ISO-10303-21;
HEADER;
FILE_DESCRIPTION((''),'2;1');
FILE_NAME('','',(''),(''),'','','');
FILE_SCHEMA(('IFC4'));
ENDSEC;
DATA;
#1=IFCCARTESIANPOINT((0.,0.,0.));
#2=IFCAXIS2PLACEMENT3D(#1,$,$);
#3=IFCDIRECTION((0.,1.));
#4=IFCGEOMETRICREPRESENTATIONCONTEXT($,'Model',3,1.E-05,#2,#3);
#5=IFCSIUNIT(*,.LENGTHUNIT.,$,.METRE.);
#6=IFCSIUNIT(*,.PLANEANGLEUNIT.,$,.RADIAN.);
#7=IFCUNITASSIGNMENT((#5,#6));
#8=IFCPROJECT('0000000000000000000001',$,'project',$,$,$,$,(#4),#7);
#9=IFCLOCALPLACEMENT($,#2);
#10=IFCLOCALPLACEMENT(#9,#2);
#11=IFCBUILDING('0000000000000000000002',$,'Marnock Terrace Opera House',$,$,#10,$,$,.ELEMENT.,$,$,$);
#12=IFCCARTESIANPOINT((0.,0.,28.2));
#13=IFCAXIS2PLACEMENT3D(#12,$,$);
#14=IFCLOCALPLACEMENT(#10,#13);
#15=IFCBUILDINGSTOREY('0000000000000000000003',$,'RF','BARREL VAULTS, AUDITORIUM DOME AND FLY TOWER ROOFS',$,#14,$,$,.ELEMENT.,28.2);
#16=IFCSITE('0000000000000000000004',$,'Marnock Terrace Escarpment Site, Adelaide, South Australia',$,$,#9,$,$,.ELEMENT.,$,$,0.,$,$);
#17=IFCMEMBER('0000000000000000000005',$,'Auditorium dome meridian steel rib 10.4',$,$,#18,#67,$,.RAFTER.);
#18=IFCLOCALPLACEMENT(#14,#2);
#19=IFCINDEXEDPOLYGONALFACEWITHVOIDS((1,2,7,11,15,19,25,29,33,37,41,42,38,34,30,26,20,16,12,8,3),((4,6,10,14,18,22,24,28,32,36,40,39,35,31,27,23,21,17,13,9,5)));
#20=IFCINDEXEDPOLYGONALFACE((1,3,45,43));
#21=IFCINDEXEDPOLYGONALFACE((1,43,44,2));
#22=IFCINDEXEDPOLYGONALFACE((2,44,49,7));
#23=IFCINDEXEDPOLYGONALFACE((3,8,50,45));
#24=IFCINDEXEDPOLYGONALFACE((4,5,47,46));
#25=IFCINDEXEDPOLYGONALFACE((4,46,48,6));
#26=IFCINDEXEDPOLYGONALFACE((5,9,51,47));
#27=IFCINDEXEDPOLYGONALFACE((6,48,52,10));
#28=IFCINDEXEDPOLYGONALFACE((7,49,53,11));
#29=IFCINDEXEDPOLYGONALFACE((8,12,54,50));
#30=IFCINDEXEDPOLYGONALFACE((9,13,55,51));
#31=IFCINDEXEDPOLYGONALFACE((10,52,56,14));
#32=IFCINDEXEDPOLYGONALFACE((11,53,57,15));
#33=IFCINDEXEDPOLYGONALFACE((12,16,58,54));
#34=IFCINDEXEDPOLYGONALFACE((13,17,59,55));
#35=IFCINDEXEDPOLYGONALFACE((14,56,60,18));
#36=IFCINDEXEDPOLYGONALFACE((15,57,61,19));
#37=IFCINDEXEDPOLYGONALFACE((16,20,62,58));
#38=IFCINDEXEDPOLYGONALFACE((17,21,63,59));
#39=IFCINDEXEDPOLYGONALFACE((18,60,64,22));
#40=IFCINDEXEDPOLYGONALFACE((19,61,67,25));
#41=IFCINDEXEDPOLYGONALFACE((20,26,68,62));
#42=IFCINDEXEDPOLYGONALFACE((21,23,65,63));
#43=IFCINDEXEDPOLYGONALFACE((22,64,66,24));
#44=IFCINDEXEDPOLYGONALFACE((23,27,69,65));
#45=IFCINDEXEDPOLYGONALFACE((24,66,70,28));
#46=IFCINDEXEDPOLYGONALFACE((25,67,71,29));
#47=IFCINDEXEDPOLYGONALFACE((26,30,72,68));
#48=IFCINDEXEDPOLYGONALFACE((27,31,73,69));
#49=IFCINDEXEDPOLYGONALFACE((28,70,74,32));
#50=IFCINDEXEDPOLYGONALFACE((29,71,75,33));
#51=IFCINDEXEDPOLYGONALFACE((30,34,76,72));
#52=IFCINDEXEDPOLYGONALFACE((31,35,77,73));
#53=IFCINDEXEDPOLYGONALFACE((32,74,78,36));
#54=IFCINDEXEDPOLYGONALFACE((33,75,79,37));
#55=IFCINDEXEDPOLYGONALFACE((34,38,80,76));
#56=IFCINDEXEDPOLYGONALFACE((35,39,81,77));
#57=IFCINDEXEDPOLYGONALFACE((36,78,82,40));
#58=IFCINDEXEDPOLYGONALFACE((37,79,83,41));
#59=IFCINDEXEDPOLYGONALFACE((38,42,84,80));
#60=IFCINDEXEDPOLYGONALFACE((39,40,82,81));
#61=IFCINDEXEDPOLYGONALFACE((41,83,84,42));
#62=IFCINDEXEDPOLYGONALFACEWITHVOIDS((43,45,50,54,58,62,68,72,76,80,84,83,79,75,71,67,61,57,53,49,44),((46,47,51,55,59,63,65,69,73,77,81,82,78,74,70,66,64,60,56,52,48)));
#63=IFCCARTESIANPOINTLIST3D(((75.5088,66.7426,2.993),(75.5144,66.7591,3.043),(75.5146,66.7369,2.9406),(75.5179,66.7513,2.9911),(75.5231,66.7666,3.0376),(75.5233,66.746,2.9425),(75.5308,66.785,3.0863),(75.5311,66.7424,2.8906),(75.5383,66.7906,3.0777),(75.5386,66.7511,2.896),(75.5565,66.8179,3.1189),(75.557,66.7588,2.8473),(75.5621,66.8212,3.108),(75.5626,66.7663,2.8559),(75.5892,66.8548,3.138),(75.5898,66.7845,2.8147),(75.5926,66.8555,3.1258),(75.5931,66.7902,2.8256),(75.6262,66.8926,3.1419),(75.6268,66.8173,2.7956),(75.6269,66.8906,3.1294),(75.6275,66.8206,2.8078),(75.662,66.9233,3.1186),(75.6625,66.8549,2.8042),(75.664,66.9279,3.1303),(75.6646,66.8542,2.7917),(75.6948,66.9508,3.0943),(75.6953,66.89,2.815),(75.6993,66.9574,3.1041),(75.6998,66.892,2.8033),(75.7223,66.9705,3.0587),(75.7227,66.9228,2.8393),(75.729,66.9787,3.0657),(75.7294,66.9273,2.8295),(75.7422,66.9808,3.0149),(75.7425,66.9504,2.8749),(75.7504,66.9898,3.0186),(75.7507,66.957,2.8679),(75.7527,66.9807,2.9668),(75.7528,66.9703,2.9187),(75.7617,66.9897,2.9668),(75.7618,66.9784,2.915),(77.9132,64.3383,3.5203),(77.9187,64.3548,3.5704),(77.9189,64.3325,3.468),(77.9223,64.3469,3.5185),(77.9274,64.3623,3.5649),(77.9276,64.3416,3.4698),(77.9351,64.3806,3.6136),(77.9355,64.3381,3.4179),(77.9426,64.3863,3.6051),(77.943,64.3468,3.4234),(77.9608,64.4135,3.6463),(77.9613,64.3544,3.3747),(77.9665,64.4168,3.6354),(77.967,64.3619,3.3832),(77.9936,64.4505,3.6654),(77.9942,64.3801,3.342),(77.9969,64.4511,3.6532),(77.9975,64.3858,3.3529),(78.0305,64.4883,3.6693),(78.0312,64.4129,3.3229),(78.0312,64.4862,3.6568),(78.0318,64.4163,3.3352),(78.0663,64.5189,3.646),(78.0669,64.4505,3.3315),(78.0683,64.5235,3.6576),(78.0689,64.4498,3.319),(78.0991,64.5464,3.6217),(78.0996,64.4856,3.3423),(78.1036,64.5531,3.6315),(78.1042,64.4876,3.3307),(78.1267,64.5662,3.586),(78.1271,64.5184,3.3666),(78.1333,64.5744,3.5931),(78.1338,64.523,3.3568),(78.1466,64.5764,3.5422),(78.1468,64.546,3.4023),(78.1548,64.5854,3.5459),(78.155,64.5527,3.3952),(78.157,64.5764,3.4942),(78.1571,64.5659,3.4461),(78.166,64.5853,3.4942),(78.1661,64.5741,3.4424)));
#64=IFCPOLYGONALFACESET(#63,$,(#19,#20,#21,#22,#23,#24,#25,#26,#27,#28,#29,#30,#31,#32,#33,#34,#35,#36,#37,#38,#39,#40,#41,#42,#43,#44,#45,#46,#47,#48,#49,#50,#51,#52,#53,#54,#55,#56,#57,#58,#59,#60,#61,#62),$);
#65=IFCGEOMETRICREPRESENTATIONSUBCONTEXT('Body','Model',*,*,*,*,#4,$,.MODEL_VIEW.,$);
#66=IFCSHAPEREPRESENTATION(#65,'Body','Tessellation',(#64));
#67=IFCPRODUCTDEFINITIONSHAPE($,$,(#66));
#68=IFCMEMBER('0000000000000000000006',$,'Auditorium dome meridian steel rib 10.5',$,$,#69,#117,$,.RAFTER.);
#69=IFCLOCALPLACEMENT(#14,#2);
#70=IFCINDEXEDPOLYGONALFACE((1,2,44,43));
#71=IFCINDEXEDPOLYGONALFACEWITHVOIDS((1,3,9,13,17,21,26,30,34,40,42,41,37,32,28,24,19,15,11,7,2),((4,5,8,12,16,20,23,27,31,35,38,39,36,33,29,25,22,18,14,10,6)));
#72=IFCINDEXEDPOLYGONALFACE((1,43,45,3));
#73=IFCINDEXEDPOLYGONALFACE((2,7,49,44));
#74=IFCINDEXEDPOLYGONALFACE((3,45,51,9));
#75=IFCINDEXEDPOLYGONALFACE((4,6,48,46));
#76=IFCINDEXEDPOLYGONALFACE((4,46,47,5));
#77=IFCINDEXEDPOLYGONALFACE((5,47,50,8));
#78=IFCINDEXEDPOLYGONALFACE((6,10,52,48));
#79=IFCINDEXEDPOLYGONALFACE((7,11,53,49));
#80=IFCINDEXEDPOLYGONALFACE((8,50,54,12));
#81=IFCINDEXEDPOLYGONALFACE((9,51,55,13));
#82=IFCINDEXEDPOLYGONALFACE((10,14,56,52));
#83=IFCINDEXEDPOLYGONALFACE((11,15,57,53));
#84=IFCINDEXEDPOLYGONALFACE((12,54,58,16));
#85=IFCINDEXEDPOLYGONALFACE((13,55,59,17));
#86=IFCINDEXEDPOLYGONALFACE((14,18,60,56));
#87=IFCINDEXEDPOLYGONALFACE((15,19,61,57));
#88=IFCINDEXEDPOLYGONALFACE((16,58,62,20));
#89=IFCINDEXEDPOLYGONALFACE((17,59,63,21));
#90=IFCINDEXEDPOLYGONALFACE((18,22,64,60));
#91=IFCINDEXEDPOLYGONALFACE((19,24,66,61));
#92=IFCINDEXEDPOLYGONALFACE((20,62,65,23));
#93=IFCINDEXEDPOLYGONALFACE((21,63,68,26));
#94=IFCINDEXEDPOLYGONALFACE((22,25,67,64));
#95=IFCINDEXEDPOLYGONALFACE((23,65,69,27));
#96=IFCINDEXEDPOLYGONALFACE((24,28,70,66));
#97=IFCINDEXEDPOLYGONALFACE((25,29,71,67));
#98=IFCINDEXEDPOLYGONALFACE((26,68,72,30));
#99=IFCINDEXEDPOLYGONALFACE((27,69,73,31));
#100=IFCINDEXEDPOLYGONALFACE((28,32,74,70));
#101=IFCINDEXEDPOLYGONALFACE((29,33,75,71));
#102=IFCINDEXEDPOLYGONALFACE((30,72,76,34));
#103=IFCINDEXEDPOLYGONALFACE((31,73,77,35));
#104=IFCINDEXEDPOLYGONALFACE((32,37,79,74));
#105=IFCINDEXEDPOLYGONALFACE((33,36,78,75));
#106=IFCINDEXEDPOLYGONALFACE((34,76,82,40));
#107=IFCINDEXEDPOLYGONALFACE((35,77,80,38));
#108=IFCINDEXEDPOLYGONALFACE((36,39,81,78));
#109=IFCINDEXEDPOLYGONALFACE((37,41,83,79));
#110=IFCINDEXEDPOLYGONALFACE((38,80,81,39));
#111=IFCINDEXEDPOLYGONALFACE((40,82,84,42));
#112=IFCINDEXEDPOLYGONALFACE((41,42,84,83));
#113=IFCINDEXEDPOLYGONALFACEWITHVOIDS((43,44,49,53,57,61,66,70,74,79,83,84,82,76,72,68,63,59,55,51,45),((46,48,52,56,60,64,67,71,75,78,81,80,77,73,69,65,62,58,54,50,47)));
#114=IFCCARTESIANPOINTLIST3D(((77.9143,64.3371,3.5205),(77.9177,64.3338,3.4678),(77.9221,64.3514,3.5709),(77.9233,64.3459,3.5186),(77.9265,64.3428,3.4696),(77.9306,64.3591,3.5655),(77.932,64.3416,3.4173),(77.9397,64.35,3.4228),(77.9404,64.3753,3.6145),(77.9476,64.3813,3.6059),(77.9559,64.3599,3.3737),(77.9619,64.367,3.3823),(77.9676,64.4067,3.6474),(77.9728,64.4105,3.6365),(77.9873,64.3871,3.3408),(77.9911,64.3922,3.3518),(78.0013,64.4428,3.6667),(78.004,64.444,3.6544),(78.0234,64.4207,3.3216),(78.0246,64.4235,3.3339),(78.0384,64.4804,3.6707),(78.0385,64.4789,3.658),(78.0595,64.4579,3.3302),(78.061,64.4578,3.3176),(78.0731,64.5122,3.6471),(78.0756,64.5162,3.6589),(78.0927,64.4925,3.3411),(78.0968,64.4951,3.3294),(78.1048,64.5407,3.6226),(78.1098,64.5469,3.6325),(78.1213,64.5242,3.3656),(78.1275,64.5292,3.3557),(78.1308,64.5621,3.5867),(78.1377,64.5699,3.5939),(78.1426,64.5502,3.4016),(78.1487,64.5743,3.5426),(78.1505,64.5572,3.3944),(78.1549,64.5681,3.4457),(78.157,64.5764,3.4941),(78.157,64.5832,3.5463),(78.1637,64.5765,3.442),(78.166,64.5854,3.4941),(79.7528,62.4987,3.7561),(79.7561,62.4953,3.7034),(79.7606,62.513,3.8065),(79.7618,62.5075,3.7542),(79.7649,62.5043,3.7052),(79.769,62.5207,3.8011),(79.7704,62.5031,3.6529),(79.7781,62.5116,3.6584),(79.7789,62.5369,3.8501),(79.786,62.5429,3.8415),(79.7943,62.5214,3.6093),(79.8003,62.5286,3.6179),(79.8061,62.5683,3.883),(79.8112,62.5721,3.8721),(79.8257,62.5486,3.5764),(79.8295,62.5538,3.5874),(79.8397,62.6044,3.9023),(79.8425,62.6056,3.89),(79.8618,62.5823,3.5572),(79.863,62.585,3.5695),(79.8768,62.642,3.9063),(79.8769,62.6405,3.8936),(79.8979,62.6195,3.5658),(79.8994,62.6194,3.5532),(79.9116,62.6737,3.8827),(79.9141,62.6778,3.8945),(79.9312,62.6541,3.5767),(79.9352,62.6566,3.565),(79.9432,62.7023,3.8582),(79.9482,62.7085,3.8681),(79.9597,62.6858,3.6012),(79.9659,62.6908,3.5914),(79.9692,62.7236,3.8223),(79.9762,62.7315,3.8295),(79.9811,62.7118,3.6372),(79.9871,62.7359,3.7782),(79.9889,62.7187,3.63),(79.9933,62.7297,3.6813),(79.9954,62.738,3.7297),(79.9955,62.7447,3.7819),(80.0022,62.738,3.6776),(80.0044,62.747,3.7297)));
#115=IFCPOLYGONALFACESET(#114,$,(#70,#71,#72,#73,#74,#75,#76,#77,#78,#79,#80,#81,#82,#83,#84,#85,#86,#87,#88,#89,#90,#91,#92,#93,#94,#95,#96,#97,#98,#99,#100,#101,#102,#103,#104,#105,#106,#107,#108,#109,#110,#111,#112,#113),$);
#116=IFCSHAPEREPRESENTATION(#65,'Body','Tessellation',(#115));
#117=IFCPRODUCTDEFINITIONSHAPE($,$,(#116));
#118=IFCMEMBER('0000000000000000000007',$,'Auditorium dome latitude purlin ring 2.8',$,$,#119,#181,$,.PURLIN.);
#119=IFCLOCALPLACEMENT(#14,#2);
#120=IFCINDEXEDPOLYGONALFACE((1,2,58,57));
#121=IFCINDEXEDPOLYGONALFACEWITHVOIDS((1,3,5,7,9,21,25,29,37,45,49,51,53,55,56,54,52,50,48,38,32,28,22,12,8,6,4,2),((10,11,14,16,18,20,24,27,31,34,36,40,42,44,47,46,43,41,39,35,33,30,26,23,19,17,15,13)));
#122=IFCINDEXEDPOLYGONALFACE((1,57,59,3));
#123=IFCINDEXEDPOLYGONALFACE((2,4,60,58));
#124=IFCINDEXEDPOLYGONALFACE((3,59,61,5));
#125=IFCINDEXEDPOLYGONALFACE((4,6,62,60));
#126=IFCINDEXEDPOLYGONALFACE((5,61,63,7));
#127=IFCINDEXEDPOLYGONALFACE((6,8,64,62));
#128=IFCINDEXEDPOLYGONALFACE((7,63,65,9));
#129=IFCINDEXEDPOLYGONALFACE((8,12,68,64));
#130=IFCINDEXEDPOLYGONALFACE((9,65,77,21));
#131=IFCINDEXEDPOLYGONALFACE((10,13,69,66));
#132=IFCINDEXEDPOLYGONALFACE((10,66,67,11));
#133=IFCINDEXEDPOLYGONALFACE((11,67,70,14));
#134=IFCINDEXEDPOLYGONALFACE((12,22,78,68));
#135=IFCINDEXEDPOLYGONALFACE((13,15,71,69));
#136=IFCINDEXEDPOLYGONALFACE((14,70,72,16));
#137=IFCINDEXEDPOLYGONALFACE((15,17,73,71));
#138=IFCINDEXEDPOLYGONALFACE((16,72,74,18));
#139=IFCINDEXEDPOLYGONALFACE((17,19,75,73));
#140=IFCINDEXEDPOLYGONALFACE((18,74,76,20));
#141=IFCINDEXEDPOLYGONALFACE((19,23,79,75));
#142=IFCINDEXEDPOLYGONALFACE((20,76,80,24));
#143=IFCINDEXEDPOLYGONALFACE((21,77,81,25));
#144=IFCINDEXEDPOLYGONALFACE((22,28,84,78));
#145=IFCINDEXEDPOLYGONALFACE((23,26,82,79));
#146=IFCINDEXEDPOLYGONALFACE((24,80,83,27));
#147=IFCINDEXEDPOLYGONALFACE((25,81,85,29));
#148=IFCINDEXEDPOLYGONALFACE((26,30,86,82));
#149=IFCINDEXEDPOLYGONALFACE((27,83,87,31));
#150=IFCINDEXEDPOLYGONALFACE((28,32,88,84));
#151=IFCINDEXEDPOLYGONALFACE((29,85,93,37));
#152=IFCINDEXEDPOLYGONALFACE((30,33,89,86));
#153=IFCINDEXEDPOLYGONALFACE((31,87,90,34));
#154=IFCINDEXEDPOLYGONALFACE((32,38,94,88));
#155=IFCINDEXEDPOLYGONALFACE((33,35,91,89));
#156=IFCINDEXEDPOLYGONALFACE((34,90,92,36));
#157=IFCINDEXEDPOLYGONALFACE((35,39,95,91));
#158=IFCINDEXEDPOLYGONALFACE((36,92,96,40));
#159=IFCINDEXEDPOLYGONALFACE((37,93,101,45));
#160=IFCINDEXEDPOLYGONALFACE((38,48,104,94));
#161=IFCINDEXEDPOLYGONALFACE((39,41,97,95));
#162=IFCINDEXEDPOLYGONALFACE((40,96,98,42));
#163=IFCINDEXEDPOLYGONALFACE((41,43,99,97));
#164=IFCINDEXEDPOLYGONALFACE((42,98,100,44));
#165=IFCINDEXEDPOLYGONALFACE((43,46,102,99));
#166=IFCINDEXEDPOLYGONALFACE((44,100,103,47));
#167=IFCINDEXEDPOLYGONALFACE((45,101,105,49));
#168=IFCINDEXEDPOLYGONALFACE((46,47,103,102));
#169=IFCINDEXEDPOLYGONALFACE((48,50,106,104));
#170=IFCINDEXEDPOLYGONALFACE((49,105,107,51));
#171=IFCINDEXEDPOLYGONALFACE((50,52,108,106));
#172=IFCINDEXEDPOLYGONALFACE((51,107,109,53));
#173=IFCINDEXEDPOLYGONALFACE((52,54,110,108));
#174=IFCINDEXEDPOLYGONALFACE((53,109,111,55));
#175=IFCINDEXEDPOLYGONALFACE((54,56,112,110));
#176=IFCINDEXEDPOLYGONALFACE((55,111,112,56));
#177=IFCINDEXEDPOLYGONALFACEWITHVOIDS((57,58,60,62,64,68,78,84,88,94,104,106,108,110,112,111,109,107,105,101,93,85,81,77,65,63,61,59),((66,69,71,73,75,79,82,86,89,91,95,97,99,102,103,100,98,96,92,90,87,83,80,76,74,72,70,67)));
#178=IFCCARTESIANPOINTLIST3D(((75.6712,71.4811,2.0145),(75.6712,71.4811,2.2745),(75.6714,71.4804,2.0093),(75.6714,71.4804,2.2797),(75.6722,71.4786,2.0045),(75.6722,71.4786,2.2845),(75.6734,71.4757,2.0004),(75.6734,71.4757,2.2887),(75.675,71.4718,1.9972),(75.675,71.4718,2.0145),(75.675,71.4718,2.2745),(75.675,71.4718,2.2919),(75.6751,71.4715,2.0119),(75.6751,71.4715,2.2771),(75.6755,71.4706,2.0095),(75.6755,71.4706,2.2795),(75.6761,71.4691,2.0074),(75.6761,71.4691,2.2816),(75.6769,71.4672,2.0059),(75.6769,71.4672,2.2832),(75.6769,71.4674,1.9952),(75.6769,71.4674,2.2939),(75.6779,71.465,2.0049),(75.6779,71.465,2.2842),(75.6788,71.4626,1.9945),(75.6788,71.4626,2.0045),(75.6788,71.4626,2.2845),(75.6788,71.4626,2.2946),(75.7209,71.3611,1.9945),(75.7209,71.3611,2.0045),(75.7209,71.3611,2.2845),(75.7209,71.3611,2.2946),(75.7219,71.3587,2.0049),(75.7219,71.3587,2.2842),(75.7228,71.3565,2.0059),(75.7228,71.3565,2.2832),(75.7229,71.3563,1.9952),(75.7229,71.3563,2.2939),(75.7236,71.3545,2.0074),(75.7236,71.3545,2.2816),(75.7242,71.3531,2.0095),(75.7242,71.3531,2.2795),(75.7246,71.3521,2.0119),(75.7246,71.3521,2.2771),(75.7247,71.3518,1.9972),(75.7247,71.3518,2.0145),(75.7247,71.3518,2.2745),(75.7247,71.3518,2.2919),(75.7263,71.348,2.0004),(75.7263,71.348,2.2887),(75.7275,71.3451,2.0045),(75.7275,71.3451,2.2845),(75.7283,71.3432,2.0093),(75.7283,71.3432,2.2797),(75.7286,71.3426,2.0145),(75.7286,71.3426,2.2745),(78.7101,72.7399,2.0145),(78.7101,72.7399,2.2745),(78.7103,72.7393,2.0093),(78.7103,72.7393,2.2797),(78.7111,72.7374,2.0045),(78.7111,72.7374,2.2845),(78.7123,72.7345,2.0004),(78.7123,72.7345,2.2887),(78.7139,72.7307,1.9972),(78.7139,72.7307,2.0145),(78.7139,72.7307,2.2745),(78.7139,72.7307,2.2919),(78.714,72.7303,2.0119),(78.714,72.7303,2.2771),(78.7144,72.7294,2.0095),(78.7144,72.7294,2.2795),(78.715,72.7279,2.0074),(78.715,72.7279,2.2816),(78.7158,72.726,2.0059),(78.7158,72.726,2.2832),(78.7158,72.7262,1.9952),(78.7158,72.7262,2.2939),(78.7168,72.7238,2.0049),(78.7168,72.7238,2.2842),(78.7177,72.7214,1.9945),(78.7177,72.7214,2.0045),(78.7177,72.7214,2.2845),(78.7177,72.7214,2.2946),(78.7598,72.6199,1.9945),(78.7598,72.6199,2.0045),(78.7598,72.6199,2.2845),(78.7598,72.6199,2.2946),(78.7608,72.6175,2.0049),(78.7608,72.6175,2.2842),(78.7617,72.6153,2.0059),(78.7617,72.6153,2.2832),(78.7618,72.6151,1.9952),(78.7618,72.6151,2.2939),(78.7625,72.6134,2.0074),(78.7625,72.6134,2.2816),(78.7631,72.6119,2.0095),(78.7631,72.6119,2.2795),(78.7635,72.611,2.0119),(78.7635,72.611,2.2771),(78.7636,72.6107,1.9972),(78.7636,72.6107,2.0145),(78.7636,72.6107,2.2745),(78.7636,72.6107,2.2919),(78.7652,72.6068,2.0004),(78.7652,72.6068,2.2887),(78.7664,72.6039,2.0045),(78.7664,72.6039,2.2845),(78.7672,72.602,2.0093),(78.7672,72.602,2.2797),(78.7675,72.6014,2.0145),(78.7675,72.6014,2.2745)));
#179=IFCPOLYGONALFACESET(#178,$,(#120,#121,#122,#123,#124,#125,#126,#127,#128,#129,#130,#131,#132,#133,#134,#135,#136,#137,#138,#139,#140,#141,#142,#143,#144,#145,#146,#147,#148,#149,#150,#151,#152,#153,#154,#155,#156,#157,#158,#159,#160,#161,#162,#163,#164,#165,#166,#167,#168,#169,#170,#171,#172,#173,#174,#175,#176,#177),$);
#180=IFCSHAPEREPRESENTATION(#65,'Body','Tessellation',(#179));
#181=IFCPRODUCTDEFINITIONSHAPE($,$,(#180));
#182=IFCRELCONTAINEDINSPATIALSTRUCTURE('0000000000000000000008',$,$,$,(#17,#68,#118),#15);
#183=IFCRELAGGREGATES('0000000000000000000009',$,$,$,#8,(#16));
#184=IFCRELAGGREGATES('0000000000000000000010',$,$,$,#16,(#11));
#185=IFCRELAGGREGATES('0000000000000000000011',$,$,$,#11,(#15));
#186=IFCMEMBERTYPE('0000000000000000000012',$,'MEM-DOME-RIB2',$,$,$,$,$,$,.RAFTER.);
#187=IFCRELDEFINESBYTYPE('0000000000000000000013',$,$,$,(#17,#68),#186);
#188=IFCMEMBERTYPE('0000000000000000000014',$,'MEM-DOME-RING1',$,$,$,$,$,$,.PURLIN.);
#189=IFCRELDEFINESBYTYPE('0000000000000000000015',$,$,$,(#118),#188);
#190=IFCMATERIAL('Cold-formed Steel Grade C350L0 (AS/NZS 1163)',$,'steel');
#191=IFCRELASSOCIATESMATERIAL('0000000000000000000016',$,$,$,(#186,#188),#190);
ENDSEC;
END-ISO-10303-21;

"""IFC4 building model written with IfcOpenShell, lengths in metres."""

from ifc_helpers import new_model, si_unit, direction, frame, origin, origin_2d, place, context, subcontext, project, spatial, hollow_rectangle, hollow_circle, extrude, material, material_profile, profile_set, type_object, element, save


model = new_model("IFC4")

# Units and contexts
model_context = context("Model", 3, precision=1e-05, world=origin(), true_north=direction((0.0, 1.0)))
body_context = subcontext(model_context, "Body", "Model", "MODEL_VIEW")
ifc_project = project(units=[si_unit("LENGTHUNIT", "METRE"), si_unit("PLANEANGLEUNIT", "RADIAN")], contexts=[model_context])

# Site, building, storey
site_placement = place(None, origin())
site = spatial("IfcSite", under=ifc_project, at=site_placement, Name="Marnock Terrace Escarpment Site, Adelaide, South Australia", CompositionType="ELEMENT", RefElevation=0.0)
building_placement = place(site_placement, origin())
building = spatial("IfcBuilding", under=site, at=building_placement, Name="Marnock Terrace Opera House", CompositionType="ELEMENT")
storey_placement = place(building_placement, frame((0.0, 0.0, 28.2)))
storey = spatial("IfcBuildingStorey", under=building, at=storey_placement, Name="RF", Description="BARREL VAULTS, AUDITORIUM DOME AND FLY TOWER ROOFS", CompositionType="ELEMENT", Elevation=28.2)

# Members
ifc_material_1 = material(Name="Cold-formed Steel Grade C350L0 (AS/NZS 1163)", Category="steel")
ifc_material_profile_1 = material_profile(ifc_material_1, hollow_circle(Radius=0.1777, WallThickness=0.0127, at=origin_2d()))
ifc_profile_set_1 = profile_set([ifc_material_profile_1], Name="Cold-formed Steel Grade C350L0 (AS/NZS 1163)")
member_type_1 = type_object("IfcMemberType", Name="MEM-DOME-RIB2", PredefinedType="RAFTER", material=ifc_profile_set_1)
member_1_placement = place(storey_placement, frame((75.636, 66.864, 2.9668), z_axis=(0.698753, -0.698753, 0.15326), x_axis=(0.707107, 0.707107, 0.0)))
element("IfcMember", 1, at=member_1_placement, inside=storey, type_object=member_type_1, Name="Auditorium dome meridian steel rib 10.4", PredefinedType="RAFTER", context=body_context, shape_type="SweptSolid", body=[
    extrude(hollow_circle(Radius=0.1777, WallThickness=0.0127, at=origin_2d()), origin(), (0.0, 0.0, 1.0), 3.4409),
])
member_2_placement = place(storey_placement, frame((78.0403, 64.4597, 3.4941), z_axis=(0.704221, -0.704221, 0.090249), x_axis=(0.707107, 0.707107, 0.0)))
element("IfcMember", 2, at=member_2_placement, inside=storey, type_object=member_type_1, Name="Auditorium dome meridian steel rib 10.5", PredefinedType="RAFTER", context=body_context, shape_type="SweptSolid", body=[
    extrude(hollow_circle(Radius=0.1777, WallThickness=0.0127, at=origin_2d()), origin(), (0.0, 0.0, 1.0), 2.6106),
])
ifc_material_profile_2 = material_profile(ifc_material_1, hollow_rectangle(XDim=0.1499, YDim=0.3, WallThickness=0.01, InnerFilletRadius=0.01, OuterFilletRadius=0.02, at=origin_2d()))
ifc_profile_set_2 = profile_set([ifc_material_profile_2], Name="Cold-formed Steel Grade C350L0 (AS/NZS 1163)")
member_type_2 = type_object("IfcMemberType", Name="MEM-DOME-RING1", PredefinedType="PURLIN", material=ifc_profile_set_2)
member_3_placement = place(storey_placement, frame((78.7388, 72.6707, 2.1445), z_axis=(-0.923872, -0.382701, 0.0), x_axis=(0.382701, -0.923872, 0.0)))
element("IfcMember", 3, at=member_3_placement, inside=storey, type_object=member_type_2, Name="Auditorium dome latitude purlin ring 2.8", PredefinedType="PURLIN", context=body_context, shape_type="SweptSolid", body=[
    extrude(hollow_rectangle(XDim=0.1499, YDim=0.3, WallThickness=0.01, InnerFilletRadius=0.01, OuterFilletRadius=0.02, at=origin_2d()), origin(), (0.0, 0.0, 1.0), 3.2893),
])

save(model, "model.ifc")
